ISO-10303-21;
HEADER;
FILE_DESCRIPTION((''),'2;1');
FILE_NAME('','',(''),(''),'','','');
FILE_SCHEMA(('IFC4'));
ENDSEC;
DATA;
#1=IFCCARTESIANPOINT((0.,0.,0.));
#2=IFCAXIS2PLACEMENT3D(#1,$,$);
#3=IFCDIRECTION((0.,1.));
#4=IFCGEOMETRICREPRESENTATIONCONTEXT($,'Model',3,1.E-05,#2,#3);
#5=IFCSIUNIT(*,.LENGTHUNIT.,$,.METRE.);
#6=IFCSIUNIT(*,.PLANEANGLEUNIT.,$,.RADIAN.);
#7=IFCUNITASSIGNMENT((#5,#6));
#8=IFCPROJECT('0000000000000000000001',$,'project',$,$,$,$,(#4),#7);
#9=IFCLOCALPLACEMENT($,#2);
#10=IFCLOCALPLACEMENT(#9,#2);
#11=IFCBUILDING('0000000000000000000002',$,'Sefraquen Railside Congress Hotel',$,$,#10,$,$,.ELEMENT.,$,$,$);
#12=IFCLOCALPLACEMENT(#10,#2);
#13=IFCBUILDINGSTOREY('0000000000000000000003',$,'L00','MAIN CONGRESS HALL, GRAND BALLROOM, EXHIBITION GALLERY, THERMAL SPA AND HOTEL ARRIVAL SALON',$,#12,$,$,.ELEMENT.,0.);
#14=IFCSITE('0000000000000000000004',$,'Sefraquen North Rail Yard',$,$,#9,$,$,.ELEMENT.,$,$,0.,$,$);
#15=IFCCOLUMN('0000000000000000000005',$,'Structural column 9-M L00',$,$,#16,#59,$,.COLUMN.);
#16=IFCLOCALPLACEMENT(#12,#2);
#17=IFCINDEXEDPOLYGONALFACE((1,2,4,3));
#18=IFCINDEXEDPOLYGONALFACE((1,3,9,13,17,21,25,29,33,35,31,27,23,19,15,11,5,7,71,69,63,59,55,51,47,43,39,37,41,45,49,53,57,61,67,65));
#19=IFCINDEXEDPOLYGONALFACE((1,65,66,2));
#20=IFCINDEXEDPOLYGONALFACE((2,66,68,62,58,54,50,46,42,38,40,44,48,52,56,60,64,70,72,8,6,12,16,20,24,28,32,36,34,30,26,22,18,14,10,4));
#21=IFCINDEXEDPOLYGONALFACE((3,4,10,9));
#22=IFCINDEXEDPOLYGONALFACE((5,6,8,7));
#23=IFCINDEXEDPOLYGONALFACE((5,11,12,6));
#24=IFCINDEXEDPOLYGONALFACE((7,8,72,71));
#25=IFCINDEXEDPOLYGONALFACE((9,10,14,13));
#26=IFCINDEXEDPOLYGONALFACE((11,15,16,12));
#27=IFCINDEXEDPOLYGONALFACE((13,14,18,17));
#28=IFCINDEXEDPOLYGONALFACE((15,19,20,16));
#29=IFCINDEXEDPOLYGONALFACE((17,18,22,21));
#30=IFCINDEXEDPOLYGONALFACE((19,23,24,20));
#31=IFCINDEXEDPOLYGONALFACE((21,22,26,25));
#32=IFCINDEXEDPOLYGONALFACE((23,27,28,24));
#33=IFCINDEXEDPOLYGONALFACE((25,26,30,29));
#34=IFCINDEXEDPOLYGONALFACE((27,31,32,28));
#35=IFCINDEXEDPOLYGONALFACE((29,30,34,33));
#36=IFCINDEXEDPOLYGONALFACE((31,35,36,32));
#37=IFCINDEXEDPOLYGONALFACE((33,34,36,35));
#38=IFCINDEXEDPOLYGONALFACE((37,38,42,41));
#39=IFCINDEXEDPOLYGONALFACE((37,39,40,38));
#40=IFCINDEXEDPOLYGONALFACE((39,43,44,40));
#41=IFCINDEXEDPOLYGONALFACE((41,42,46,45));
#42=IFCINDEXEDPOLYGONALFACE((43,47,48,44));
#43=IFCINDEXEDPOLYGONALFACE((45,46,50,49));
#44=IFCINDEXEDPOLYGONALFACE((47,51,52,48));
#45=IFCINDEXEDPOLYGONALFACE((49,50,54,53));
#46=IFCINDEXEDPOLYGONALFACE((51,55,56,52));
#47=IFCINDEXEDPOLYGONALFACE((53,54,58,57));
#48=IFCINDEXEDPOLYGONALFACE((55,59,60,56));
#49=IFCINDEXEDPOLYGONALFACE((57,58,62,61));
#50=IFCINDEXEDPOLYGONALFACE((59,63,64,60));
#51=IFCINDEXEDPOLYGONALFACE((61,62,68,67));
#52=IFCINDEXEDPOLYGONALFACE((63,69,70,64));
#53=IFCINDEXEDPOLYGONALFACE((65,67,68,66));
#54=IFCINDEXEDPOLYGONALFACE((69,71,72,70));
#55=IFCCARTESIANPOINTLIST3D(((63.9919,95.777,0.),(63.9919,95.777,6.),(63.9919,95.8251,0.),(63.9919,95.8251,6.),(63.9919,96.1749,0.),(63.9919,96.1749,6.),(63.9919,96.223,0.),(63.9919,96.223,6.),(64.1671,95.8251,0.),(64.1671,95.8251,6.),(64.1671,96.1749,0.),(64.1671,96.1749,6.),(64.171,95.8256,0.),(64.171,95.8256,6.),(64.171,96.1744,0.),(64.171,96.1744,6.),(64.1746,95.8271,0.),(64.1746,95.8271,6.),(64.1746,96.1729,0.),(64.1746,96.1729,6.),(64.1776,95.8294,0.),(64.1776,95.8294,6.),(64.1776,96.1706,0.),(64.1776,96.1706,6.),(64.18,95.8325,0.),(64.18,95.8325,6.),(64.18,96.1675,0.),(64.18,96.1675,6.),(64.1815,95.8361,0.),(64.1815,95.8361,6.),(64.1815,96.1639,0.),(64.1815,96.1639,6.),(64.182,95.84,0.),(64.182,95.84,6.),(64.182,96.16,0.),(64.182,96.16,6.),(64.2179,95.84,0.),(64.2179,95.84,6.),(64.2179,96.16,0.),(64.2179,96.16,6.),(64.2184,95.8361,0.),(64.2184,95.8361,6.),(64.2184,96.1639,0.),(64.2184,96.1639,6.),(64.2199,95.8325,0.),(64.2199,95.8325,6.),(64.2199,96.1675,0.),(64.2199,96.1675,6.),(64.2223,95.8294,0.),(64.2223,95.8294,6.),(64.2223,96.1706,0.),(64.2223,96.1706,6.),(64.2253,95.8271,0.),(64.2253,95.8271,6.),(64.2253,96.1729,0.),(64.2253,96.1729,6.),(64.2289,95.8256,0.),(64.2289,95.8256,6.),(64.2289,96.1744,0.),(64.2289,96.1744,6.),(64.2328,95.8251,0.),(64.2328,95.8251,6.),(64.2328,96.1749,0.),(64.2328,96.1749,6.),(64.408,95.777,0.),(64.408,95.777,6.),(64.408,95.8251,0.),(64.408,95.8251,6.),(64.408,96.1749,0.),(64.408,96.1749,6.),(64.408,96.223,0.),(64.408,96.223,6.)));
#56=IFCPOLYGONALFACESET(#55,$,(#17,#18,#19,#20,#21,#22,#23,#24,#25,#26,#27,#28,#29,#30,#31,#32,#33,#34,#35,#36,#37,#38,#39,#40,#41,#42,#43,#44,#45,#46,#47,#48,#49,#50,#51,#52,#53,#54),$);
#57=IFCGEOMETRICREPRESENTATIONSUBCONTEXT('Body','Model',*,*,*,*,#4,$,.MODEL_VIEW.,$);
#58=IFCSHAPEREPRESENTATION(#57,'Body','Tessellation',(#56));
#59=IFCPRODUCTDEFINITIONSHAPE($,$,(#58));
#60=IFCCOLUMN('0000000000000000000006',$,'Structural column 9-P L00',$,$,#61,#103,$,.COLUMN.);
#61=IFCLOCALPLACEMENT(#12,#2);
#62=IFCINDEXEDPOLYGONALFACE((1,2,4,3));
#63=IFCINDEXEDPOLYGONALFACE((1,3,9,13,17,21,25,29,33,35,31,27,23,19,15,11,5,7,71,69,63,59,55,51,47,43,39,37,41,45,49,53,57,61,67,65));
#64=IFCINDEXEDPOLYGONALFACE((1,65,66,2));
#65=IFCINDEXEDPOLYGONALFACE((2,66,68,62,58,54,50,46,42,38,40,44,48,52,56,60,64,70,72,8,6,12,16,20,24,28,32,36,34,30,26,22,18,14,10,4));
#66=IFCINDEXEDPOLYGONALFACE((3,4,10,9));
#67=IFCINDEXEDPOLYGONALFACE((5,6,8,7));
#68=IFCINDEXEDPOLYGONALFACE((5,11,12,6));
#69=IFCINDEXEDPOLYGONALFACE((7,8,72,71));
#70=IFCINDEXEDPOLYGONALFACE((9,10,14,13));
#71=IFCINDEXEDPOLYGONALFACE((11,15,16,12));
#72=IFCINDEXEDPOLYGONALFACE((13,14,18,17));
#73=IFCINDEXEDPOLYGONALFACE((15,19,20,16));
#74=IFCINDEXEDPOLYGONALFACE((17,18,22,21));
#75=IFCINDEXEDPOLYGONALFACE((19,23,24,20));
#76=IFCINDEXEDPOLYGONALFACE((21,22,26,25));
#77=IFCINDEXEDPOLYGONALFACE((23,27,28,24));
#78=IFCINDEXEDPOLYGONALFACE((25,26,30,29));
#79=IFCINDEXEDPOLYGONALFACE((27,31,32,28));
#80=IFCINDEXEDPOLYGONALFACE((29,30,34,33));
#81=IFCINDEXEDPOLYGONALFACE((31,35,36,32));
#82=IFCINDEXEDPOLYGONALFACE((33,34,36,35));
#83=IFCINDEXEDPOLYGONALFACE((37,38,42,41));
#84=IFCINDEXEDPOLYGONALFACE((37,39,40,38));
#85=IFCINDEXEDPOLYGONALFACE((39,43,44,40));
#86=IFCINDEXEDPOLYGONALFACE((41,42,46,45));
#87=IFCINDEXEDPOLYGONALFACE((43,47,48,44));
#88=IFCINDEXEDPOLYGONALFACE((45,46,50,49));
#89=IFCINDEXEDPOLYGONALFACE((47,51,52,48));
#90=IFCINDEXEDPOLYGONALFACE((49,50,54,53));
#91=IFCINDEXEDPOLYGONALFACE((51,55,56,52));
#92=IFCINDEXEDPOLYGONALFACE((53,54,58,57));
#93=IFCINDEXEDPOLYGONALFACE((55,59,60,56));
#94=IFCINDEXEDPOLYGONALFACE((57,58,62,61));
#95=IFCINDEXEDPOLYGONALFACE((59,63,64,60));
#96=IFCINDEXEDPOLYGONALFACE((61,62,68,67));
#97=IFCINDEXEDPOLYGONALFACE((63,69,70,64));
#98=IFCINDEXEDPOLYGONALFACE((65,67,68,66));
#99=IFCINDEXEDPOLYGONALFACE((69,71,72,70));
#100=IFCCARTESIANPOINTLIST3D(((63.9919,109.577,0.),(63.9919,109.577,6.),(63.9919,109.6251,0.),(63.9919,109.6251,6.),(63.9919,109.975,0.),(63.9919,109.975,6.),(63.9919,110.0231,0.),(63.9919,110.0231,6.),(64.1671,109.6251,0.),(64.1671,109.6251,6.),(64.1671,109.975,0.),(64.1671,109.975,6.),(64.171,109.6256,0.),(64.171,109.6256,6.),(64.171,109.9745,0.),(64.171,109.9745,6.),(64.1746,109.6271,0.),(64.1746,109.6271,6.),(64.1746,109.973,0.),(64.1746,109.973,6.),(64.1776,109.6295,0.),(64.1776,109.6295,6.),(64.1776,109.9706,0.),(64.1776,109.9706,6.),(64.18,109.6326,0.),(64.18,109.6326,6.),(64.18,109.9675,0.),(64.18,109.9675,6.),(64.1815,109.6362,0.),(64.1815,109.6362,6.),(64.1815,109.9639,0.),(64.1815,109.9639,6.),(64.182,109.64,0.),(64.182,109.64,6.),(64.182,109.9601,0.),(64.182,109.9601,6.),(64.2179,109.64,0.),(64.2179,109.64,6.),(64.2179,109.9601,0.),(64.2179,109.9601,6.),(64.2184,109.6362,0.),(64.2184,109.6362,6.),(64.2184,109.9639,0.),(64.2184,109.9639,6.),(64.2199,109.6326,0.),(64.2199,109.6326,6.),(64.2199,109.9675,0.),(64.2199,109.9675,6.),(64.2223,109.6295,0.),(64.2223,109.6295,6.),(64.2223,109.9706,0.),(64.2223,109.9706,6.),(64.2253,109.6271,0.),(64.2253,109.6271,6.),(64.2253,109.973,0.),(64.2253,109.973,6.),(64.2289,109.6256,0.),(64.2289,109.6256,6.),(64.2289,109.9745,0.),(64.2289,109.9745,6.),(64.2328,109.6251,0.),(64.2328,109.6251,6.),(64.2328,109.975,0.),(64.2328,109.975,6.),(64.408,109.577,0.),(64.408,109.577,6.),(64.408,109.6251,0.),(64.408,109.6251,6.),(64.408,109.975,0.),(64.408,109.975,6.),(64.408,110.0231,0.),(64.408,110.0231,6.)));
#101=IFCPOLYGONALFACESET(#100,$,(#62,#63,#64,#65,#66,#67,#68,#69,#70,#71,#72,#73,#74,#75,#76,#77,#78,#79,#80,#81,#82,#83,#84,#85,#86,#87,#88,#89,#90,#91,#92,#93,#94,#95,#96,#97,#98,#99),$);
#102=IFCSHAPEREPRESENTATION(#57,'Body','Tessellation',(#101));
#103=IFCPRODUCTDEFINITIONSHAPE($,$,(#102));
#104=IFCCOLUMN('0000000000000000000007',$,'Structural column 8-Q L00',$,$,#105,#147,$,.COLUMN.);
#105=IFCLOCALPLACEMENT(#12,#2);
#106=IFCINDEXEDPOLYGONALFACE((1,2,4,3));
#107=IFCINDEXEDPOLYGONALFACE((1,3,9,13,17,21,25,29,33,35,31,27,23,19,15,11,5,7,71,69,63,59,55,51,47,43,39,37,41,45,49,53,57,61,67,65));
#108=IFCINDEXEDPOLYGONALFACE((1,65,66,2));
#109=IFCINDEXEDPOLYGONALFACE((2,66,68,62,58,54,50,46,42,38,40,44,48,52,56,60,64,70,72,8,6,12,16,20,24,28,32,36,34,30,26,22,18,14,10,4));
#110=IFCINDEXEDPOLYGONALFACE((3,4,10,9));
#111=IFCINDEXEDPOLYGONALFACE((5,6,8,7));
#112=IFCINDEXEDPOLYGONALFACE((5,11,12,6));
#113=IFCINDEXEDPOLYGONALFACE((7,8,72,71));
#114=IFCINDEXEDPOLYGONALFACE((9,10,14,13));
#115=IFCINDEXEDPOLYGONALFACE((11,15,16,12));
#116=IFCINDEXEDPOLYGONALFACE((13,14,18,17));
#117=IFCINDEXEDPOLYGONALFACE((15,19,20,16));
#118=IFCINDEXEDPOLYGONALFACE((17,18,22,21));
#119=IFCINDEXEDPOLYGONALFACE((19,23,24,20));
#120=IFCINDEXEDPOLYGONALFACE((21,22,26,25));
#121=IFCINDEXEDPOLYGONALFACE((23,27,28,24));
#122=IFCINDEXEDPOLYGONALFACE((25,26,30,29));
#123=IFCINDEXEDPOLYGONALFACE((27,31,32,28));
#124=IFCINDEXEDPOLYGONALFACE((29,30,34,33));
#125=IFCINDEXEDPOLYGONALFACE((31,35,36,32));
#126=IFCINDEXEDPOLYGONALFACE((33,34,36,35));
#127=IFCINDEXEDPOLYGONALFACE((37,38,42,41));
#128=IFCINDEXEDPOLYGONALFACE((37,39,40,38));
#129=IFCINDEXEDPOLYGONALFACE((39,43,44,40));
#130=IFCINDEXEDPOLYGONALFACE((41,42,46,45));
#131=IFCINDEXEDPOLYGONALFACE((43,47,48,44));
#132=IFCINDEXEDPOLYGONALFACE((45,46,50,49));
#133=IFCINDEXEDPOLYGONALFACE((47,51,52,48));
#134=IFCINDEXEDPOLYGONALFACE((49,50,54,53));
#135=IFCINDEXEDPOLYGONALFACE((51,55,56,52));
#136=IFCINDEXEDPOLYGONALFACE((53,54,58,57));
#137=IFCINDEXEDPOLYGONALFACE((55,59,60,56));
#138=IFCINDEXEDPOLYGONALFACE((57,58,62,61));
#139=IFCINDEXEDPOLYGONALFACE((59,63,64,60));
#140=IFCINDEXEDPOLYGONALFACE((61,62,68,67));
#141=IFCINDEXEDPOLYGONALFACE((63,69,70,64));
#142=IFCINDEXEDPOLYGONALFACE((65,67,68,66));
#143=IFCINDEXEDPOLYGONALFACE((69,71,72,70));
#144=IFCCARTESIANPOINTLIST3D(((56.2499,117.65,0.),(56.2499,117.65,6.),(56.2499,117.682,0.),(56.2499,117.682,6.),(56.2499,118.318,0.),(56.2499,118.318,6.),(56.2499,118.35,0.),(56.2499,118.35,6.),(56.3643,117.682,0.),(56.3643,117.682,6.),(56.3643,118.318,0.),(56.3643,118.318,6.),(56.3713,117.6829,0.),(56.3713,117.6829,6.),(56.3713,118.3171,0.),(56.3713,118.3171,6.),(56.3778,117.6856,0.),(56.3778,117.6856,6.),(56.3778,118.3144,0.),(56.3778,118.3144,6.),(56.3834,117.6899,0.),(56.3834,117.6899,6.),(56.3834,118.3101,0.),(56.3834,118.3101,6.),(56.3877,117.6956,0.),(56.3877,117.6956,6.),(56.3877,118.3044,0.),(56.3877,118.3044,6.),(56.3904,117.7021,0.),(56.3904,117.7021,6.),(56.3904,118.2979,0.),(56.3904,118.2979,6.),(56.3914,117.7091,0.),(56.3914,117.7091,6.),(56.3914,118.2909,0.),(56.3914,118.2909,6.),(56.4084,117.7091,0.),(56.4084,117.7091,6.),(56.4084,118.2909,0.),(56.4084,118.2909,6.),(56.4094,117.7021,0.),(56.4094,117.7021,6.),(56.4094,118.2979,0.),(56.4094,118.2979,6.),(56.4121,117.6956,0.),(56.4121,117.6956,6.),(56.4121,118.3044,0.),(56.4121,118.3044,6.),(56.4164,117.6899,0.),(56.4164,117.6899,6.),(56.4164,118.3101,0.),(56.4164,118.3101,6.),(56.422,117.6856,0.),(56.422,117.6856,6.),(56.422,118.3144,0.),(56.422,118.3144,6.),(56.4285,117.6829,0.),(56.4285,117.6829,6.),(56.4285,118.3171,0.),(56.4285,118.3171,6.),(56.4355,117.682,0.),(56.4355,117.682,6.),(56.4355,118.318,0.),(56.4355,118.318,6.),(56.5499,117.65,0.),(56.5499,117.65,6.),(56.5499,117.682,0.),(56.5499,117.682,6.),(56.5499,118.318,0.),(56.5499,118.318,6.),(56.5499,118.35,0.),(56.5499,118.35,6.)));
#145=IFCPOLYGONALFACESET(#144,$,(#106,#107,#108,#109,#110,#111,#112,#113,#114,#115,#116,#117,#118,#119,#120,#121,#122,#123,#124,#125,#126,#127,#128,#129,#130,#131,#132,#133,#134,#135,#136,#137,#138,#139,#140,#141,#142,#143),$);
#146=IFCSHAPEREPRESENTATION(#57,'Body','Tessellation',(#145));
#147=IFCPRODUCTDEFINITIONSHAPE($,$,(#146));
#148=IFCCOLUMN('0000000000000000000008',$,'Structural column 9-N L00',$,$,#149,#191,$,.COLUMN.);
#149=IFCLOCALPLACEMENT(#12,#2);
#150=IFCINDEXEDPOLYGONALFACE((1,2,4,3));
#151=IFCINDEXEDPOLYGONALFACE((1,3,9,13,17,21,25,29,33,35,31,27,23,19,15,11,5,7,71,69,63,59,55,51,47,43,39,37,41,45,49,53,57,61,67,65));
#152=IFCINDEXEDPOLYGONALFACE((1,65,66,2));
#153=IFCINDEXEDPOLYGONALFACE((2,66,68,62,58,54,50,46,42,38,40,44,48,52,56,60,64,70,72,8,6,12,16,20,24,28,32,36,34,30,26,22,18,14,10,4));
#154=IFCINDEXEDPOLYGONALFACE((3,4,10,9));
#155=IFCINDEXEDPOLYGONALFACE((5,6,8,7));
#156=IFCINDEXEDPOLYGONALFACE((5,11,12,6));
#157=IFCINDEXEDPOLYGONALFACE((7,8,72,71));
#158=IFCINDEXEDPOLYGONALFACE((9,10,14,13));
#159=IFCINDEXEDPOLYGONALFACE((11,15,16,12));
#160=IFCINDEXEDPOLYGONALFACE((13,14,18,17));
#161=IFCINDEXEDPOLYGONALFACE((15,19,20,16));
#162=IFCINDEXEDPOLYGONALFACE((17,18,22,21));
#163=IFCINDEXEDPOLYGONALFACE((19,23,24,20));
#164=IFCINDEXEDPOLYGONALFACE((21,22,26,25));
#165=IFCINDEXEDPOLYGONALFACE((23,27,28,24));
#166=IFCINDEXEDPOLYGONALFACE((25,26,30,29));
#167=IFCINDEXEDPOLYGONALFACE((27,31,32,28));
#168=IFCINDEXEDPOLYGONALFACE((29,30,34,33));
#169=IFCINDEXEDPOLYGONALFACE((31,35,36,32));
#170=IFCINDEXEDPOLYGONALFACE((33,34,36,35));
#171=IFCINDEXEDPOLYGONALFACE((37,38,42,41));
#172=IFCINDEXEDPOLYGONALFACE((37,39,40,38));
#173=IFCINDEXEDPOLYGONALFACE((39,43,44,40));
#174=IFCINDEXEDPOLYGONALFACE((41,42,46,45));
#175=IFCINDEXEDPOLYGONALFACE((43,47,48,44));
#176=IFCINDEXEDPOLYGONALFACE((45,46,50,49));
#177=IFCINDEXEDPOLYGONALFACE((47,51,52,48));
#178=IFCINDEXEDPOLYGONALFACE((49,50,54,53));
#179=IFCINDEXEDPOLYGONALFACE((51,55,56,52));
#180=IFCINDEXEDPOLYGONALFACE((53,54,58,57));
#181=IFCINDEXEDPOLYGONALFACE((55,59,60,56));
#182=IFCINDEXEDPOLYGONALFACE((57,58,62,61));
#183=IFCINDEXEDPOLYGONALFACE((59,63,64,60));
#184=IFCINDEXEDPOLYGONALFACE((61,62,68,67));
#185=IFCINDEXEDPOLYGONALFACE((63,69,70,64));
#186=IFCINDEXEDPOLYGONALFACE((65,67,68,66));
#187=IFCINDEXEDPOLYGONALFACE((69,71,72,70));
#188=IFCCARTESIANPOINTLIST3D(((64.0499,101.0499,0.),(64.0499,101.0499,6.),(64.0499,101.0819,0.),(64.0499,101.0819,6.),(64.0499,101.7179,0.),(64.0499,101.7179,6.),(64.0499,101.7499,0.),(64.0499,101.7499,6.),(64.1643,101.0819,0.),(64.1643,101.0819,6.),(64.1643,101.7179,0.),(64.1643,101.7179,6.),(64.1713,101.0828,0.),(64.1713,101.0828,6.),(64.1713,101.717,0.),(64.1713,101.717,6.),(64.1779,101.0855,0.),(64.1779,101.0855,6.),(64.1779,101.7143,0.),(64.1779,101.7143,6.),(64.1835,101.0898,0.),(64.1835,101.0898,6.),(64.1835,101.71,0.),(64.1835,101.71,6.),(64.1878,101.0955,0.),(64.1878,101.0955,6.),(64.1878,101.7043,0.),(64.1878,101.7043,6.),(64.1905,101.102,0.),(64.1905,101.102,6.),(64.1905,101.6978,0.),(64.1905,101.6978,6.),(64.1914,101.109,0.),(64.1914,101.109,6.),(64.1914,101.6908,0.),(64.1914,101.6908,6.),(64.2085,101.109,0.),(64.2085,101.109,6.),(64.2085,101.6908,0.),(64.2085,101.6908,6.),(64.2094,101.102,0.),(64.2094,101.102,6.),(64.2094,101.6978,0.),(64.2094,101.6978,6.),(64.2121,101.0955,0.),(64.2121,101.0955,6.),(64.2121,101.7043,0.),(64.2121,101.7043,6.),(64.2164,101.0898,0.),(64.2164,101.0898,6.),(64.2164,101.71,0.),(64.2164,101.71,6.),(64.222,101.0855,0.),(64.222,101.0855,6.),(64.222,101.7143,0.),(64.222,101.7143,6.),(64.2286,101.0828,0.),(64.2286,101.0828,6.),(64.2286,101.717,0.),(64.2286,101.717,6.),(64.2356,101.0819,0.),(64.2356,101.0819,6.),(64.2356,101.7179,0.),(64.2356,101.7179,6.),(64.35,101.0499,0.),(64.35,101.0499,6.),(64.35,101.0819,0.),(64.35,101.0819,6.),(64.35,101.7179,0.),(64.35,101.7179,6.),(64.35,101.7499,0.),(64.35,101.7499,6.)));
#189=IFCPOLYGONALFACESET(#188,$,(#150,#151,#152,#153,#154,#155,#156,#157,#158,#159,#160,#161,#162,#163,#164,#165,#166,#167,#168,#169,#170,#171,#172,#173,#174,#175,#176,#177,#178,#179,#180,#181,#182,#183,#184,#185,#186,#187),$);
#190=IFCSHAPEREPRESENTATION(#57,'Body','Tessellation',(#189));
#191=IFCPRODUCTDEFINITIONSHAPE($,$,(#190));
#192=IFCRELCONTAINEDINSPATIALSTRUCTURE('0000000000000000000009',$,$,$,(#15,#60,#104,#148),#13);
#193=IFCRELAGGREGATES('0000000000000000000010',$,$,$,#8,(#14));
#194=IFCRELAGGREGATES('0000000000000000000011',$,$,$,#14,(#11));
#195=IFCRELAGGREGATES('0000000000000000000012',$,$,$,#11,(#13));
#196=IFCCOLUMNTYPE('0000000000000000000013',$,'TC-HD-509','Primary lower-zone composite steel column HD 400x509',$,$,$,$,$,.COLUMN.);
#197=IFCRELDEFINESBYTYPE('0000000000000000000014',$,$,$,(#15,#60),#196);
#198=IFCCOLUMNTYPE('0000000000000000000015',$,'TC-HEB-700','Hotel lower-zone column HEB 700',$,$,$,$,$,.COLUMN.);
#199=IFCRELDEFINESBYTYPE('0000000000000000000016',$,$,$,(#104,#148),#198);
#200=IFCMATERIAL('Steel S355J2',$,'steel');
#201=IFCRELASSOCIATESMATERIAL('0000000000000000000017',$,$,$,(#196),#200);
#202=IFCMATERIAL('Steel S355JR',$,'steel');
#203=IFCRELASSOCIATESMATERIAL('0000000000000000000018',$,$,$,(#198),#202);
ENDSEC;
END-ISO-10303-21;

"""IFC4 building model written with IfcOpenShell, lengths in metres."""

from ifc_helpers import new_model, si_unit, direction, frame, origin, origin_2d, place, context, subcontext, project, spatial, i_section, extrude, material, material_profile, profile_set, type_object, element, save


model = new_model("IFC4")

# Units and contexts
model_context = context("Model", 3, precision=1e-05, world=origin(), true_north=direction((0.0, 1.0)))
body_context = subcontext(model_context, "Body", "Model", "MODEL_VIEW")
ifc_project = project(units=[si_unit("LENGTHUNIT", "METRE"), si_unit("PLANEANGLEUNIT", "RADIAN")], contexts=[model_context])

# Site, building, storey
site_placement = place(None, origin())
site = spatial("IfcSite", under=ifc_project, at=site_placement, Name="Sefraquen North Rail Yard", CompositionType="ELEMENT", RefElevation=0.0)
building_placement = place(site_placement, origin())
building = spatial("IfcBuilding", under=site, at=building_placement, Name="Sefraquen Railside Congress Hotel", CompositionType="ELEMENT")
storey_placement = place(building_placement, origin())
storey = spatial("IfcBuildingStorey", under=building, at=storey_placement, Name="L00", Description="MAIN CONGRESS HALL, GRAND BALLROOM, EXHIBITION GALLERY, THERMAL SPA AND HOTEL ARRIVAL SALON", CompositionType="ELEMENT", Elevation=0.0)

# Columns
ifc_material_1 = material(Name="Steel S355J2", Category="steel")
ifc_material_profile_1 = material_profile(ifc_material_1, i_section(OverallWidth=0.416, OverallDepth=0.446, WebThickness=0.0359, FlangeThickness=0.0481, FilletRadius=0.0149, at=origin_2d()), Name="HD 400x509")
ifc_profile_set_1 = profile_set([ifc_material_profile_1], Name="Steel S355J2")
column_type_1 = type_object("IfcColumnType", Name="TC-HD-509", Description="Primary lower-zone composite steel column HD 400x509", PredefinedType="COLUMN", material=ifc_profile_set_1)
for number, where, z_axis, x_axis, name in (
    (1, (64.2, 96.0, 0.0), (0.0, 0.0, 1.0), (1.0, 0.0, 0.0), "Structural column 9-M L00"),
    (2, (64.2, 109.8, 0.0), (0.0, 0.0, 1.0), (1.0, 0.0, 0.0), "Structural column 9-P L00"),
):
    element("IfcColumn", number, at=place(storey_placement, frame(where, z_axis=z_axis, x_axis=x_axis)), inside=storey, type_object=column_type_1, Name=name, PredefinedType="COLUMN", context=body_context, shape_type="SweptSolid", body=[
        extrude(i_section(OverallWidth=0.416, OverallDepth=0.446, WebThickness=0.0359, FlangeThickness=0.0481, FilletRadius=0.0149, at=origin_2d()), origin(), (0.0, 0.0, 1.0), 6.0),
    ])
ifc_material_2 = material(Name="Steel S355JR", Category="steel")
ifc_material_profile_2 = material_profile(ifc_material_2, i_section(OverallWidth=0.3, OverallDepth=0.7, WebThickness=0.0171, FlangeThickness=0.032, FilletRadius=0.0271, at=origin_2d()), Name="HEB 700")
ifc_profile_set_2 = profile_set([ifc_material_profile_2], Name="Steel S355JR")
column_type_2 = type_object("IfcColumnType", Name="TC-HEB-700", Description="Hotel lower-zone column HEB 700", PredefinedType="COLUMN", material=ifc_profile_set_2)
for number, where, z_axis, x_axis, name in (
    (3, (56.3999, 118.0, 0.0), (0.0, 0.0, 1.0), (1.0, 0.0, 0.0), "Structural column 8-Q L00"),
    (4, (64.2, 101.3999, 0.0), (0.0, 0.0, 1.0), (1.0, 0.0, 0.0), "Structural column 9-N L00"),
):
    element("IfcColumn", number, at=place(storey_placement, frame(where, z_axis=z_axis, x_axis=x_axis)), inside=storey, type_object=column_type_2, Name=name, PredefinedType="COLUMN", context=body_context, shape_type="SweptSolid", body=[
        extrude(i_section(OverallWidth=0.3, OverallDepth=0.7, WebThickness=0.0171, FlangeThickness=0.032, FilletRadius=0.0271, at=origin_2d()), origin(), (0.0, 0.0, 1.0), 6.0),
    ])

save(model, "model.ifc")
